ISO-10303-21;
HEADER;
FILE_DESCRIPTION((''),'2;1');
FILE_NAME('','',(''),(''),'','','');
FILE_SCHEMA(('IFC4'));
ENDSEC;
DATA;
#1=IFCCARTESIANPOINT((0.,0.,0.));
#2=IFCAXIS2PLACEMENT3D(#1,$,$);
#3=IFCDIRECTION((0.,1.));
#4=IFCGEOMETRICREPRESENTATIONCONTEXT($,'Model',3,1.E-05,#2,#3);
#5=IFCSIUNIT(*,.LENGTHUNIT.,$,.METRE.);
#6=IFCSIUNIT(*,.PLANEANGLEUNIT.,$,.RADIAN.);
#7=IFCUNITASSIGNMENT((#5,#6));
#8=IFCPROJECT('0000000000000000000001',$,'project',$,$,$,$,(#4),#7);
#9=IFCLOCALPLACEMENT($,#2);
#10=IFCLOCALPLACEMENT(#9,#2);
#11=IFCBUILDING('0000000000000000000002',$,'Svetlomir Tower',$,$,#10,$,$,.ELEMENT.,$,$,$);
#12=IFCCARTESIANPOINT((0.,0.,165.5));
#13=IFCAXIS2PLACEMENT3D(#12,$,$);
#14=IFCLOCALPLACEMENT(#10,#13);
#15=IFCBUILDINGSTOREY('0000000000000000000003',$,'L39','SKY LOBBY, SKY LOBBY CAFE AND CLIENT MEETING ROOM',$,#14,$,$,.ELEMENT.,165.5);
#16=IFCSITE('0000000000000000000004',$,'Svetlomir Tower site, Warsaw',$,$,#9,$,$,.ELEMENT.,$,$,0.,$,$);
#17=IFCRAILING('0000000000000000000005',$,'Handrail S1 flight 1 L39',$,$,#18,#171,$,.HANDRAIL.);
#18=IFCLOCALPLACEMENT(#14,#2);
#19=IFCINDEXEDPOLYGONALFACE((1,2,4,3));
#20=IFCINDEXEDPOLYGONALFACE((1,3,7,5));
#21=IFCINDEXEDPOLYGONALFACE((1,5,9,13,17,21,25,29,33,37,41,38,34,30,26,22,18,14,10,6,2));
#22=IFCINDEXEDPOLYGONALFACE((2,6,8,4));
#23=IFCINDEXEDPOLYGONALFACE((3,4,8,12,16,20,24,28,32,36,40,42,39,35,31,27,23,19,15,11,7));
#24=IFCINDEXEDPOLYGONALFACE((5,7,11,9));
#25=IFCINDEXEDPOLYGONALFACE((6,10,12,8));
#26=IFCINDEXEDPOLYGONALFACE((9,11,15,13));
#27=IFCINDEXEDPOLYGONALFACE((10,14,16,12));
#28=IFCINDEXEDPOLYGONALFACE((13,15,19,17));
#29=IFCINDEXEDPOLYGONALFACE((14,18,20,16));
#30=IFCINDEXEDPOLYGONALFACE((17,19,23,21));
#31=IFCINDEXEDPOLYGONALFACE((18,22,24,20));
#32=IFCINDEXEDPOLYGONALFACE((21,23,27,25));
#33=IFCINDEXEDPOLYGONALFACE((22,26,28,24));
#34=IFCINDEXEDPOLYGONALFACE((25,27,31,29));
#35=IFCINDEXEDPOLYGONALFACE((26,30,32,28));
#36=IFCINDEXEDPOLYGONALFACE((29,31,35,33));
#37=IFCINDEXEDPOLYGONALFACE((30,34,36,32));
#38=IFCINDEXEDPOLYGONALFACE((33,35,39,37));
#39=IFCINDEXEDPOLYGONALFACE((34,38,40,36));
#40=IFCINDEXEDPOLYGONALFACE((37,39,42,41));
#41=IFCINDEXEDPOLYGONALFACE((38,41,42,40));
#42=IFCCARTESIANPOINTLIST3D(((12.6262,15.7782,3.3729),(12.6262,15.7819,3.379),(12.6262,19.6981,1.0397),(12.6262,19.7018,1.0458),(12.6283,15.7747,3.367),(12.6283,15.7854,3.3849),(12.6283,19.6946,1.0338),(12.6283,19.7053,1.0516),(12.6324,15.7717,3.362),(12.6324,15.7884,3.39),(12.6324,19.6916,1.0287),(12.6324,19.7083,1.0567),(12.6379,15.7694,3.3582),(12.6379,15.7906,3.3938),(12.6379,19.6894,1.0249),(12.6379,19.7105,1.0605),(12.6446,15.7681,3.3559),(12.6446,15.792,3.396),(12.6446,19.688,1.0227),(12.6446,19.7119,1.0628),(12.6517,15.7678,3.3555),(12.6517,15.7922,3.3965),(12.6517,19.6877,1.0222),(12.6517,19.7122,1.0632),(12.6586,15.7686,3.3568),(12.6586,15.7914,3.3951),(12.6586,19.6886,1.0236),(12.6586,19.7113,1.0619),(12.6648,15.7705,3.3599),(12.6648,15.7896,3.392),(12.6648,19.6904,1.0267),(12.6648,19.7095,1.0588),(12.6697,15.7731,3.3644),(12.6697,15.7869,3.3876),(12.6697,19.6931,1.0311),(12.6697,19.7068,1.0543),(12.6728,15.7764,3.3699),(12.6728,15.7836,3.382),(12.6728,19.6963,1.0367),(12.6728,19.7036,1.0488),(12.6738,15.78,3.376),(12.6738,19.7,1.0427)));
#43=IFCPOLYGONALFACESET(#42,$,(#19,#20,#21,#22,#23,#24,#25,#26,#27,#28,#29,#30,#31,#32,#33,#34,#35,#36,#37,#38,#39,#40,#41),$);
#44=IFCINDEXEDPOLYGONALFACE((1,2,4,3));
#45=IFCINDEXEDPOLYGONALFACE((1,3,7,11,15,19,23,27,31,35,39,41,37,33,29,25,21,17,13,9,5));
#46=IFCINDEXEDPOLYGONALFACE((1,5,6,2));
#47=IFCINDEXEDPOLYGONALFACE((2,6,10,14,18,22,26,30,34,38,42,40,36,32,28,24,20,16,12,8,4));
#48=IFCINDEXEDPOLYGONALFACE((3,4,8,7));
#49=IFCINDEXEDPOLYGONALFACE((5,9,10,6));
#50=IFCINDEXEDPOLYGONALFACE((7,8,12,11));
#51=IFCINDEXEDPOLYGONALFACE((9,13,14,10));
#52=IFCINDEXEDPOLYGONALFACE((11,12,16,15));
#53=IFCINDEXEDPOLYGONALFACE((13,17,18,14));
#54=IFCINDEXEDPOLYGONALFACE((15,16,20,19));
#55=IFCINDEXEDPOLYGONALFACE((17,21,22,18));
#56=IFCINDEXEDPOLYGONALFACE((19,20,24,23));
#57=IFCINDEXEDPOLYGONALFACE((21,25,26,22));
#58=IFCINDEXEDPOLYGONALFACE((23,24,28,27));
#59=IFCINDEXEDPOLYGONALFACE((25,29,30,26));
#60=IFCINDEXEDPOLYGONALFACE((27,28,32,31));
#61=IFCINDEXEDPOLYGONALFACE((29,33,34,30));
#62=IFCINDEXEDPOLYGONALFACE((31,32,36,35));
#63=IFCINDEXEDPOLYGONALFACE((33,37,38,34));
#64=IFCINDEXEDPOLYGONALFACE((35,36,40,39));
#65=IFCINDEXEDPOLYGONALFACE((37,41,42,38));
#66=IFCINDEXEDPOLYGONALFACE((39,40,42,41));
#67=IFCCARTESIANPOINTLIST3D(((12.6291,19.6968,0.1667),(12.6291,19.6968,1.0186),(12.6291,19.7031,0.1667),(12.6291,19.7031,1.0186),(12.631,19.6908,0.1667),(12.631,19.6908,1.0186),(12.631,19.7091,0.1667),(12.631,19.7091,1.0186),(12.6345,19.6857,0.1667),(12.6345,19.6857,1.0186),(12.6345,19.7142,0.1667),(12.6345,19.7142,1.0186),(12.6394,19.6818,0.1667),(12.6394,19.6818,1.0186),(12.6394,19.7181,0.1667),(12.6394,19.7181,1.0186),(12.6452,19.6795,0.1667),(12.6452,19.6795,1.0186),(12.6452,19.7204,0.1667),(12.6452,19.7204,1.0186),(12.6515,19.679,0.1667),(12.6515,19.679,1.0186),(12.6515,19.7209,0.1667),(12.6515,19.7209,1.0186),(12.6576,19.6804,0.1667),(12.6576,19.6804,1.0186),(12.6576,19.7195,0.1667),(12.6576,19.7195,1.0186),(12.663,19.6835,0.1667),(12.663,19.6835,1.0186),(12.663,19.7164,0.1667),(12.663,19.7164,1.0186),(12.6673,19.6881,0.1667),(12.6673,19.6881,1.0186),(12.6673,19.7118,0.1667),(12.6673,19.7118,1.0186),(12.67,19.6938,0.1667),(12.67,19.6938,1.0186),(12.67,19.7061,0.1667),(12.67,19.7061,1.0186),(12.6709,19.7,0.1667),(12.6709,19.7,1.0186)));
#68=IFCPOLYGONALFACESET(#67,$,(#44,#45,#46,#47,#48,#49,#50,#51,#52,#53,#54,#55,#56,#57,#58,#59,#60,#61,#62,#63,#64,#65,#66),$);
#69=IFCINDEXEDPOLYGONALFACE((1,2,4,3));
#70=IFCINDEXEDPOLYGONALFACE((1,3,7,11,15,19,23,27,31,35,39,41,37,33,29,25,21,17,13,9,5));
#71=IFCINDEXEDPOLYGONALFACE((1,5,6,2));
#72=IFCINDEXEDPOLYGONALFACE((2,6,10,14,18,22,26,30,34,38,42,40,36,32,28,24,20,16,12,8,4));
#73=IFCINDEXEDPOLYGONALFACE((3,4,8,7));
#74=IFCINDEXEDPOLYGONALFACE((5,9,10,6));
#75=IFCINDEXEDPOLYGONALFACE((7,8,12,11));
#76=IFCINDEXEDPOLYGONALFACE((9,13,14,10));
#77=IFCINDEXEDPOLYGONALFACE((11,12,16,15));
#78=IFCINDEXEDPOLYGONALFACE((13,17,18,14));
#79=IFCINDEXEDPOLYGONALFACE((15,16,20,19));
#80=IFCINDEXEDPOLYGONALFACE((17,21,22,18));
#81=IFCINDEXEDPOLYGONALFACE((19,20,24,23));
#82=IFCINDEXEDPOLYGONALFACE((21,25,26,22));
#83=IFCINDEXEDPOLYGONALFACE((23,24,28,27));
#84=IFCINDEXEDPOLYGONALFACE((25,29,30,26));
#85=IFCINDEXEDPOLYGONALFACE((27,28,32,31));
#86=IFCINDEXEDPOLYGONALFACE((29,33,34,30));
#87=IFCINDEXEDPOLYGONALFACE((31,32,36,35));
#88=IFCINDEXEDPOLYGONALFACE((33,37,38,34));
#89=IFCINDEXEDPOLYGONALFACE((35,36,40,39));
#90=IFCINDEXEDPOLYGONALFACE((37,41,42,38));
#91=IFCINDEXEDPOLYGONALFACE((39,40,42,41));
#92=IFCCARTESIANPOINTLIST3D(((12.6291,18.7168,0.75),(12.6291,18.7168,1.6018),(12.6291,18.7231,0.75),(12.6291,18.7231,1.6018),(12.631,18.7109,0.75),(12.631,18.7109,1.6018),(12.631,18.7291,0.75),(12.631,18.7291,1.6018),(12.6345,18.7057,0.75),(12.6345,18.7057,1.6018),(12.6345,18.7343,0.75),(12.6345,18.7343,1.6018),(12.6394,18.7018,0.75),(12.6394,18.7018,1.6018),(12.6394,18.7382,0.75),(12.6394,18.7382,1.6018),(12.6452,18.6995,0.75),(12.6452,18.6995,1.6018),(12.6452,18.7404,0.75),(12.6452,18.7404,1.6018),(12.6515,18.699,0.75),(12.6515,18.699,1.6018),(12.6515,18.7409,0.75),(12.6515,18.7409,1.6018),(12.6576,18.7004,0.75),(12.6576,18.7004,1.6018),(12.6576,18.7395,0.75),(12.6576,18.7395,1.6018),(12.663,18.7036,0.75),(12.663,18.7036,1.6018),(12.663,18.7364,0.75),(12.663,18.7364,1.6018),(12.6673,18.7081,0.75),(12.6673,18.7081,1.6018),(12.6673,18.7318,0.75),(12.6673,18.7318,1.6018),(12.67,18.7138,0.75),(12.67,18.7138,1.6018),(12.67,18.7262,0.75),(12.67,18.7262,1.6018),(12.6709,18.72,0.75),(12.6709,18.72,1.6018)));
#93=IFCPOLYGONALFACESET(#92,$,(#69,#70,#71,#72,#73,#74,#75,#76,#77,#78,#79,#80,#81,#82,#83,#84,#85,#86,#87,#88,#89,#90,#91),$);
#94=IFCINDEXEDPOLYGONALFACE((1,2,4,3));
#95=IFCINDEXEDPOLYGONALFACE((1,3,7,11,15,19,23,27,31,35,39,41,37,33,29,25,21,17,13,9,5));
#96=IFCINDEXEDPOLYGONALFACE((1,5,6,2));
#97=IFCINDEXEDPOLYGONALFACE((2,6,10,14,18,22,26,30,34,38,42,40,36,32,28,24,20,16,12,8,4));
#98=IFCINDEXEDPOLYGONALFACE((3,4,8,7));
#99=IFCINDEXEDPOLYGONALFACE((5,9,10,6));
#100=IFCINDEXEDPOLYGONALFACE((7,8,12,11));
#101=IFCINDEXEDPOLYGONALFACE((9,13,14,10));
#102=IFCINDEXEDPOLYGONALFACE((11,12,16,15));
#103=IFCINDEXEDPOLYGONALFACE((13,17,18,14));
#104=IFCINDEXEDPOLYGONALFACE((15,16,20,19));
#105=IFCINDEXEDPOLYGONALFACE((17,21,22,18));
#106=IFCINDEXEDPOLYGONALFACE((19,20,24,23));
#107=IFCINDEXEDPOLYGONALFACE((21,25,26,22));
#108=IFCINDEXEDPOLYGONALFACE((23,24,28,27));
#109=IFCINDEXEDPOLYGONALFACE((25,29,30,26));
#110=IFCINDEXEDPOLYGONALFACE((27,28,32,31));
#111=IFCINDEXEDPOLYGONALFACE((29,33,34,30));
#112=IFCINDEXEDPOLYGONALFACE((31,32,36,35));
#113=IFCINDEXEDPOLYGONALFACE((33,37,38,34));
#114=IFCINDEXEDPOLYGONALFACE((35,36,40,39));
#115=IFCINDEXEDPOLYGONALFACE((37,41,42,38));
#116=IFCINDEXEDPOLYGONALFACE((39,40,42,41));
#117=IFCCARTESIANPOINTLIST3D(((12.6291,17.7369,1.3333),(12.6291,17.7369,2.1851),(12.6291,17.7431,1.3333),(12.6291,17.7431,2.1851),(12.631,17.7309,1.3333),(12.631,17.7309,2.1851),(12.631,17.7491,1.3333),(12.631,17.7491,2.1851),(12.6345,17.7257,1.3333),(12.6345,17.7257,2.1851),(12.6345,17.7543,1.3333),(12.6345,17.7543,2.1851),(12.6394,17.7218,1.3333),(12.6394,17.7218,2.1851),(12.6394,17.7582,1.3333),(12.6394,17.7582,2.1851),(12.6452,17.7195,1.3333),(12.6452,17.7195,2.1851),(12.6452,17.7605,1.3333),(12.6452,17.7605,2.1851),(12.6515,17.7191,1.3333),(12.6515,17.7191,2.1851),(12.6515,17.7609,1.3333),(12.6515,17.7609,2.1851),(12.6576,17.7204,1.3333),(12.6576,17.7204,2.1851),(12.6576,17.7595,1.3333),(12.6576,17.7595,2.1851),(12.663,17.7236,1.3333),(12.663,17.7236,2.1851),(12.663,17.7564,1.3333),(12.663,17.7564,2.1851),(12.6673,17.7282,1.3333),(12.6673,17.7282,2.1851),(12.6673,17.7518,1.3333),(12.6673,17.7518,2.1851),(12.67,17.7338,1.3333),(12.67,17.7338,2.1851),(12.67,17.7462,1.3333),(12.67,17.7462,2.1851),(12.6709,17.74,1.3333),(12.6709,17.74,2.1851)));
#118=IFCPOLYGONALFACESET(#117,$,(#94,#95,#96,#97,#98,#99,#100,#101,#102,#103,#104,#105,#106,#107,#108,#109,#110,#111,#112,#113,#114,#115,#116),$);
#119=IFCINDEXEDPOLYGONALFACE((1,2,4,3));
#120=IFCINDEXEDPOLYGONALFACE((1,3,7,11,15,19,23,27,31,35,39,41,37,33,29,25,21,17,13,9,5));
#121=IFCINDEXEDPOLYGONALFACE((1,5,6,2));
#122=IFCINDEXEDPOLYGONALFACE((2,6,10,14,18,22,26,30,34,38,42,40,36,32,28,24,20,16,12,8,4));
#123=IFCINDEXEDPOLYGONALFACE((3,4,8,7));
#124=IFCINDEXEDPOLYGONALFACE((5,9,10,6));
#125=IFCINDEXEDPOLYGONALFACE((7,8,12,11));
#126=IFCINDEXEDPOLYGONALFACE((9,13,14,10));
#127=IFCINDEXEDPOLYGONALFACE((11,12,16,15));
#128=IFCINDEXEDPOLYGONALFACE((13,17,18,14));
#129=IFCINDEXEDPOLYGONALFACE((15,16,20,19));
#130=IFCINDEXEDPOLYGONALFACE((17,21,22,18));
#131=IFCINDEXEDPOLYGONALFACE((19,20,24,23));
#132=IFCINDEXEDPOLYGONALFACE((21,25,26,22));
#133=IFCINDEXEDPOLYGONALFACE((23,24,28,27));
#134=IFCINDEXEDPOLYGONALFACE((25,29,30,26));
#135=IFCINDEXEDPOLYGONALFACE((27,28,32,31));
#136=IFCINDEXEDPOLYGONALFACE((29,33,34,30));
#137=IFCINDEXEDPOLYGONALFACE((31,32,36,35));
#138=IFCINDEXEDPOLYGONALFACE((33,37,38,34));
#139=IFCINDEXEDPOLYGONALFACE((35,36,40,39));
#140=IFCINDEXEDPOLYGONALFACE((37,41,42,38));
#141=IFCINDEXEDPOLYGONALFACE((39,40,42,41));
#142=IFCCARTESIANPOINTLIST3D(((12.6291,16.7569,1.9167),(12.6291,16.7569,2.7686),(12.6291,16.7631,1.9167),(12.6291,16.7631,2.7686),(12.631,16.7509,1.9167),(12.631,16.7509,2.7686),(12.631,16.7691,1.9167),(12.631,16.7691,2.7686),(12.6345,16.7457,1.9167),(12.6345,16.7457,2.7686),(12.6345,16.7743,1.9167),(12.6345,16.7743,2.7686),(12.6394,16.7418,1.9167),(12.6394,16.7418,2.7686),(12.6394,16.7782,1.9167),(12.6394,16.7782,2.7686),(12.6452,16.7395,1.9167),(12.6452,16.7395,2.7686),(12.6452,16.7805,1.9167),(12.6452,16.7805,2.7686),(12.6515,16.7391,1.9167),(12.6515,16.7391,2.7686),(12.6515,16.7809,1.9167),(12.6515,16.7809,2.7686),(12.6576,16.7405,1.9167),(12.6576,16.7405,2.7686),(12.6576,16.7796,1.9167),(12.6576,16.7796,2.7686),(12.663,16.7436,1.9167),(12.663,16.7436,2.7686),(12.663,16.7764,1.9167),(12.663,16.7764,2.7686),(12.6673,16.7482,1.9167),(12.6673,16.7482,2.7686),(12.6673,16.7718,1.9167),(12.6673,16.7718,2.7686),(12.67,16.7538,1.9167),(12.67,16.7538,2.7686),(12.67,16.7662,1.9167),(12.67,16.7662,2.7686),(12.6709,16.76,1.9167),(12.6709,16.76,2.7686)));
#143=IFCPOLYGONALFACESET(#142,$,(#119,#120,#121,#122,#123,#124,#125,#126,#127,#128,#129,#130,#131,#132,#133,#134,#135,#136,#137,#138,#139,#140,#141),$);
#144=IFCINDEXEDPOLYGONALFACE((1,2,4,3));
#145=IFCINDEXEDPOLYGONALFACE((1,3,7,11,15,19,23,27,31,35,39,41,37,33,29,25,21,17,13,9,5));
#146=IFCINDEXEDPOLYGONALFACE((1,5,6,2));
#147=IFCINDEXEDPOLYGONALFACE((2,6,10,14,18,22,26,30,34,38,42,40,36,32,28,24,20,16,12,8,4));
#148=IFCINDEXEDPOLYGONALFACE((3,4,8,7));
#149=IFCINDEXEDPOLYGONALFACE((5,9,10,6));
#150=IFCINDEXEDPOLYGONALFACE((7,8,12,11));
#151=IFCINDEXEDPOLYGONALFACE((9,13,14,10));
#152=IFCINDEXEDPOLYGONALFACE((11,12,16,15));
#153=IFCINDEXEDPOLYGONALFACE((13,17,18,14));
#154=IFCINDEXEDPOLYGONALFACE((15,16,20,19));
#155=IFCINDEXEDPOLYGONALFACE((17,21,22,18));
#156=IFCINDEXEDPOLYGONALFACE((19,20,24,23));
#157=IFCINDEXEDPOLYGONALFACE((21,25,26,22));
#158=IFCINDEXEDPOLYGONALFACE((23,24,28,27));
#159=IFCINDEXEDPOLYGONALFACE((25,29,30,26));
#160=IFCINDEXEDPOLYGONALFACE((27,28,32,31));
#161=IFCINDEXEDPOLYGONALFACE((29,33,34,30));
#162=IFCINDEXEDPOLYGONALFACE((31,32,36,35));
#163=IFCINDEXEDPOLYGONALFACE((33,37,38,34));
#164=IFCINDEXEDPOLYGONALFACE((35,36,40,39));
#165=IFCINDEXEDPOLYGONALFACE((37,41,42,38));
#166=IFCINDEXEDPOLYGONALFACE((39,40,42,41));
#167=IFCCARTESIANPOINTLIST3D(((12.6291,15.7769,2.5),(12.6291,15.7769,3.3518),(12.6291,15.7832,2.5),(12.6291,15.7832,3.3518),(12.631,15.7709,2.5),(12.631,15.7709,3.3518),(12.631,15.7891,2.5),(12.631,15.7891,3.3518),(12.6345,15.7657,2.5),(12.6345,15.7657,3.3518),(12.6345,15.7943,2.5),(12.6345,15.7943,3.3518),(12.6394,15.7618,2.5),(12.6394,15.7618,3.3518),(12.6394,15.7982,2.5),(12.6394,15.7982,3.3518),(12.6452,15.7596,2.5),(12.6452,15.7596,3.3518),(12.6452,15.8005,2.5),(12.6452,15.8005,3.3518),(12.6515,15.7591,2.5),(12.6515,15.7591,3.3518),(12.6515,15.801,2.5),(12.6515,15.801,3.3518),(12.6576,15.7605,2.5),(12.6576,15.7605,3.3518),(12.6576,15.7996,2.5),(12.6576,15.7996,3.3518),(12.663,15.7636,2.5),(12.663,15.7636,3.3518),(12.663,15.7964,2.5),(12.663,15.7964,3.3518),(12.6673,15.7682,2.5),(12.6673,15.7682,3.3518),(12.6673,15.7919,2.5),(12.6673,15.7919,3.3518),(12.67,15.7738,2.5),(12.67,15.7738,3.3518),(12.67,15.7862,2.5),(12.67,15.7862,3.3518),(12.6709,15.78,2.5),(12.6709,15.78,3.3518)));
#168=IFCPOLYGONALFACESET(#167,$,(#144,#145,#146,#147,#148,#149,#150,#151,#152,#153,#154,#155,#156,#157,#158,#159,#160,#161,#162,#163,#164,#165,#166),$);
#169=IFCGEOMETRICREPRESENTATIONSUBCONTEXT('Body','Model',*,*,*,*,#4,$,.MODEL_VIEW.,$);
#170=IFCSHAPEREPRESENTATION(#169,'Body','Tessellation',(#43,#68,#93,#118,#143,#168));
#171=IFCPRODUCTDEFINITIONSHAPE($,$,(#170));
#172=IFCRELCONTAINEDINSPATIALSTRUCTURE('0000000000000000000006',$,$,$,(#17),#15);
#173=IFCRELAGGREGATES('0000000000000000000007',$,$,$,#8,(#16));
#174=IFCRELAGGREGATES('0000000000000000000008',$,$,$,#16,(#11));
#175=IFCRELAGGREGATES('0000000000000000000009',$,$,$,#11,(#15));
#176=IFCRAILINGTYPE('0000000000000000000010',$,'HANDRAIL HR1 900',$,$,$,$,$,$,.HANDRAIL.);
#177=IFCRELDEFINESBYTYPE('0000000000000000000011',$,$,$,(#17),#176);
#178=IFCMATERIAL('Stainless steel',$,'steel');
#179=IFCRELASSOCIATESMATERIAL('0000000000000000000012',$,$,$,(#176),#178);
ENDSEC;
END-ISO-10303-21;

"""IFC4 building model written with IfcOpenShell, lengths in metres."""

from ifc_helpers import new_model, si_unit, direction, frame, origin, origin_2d, place, context, subcontext, project, spatial, circle, extrude, material, type_object, element, save


model = new_model("IFC4")

# Units and contexts
model_context = context("Model", 3, precision=1e-05, world=origin(), true_north=direction((0.0, 1.0)))
body_context = subcontext(model_context, "Body", "Model", "MODEL_VIEW")
ifc_project = project(units=[si_unit("LENGTHUNIT", "METRE"), si_unit("PLANEANGLEUNIT", "RADIAN")], contexts=[model_context])

# Site, building, storey
site_placement = place(None, origin())
site = spatial("IfcSite", under=ifc_project, at=site_placement, Name="Svetlomir Tower site, Warsaw", CompositionType="ELEMENT", RefElevation=0.0)
building_placement = place(site_placement, origin())
building = spatial("IfcBuilding", under=site, at=building_placement, Name="Svetlomir Tower", CompositionType="ELEMENT")
storey_placement = place(building_placement, frame((0.0, 0.0, 165.5)))
storey = spatial("IfcBuildingStorey", under=building, at=storey_placement, Name="L39", Description="SKY LOBBY, SKY LOBBY CAFE AND CLIENT MEETING ROOM", CompositionType="ELEMENT", Elevation=165.5)

# Railing
ifc_material_1 = material(Name="Stainless steel", Category="steel")
railing_type = type_object("IfcRailingType", Name="HANDRAIL HR1 900", PredefinedType="HANDRAIL", material=ifc_material_1)
railing_1_placement = place(storey_placement, frame((12.6499, 19.7, 0.1667)))
element("IfcRailing", 1, at=railing_1_placement, inside=storey, type_object=railing_type, Name="Handrail S1 flight 1 L39", PredefinedType="HANDRAIL", context=body_context, shape_type="SweptSolid", body=[
    extrude(circle(Radius=0.0239, at=origin_2d()), frame((0.0, 0.0, 0.876), z_axis=(0.0, -0.859296, 0.511478), x_axis=(1.0, 0.0, 0.0)), (0.0, 0.0, 1.0), 4.5618),
    extrude(circle(Radius=0.021, at=origin_2d()), origin(), (0.0, 0.0, 1.0), 0.8518),
    extrude(circle(Radius=0.021, at=origin_2d()), frame((0.0, -0.98, 0.5833)), (0.0, 0.0, 1.0), 0.8518),
    extrude(circle(Radius=0.021, at=origin_2d()), frame((0.0, -1.96, 1.1665)), (0.0, 0.0, 1.0), 0.8518),
    extrude(circle(Radius=0.021, at=origin_2d()), frame((0.0, -2.9399, 1.75)), (0.0, 0.0, 1.0), 0.8518),
    extrude(circle(Radius=0.021, at=origin_2d()), frame((0.0, -3.9199, 2.3333)), (0.0, 0.0, 1.0), 0.8518),
])

save(model, "model.ifc")
